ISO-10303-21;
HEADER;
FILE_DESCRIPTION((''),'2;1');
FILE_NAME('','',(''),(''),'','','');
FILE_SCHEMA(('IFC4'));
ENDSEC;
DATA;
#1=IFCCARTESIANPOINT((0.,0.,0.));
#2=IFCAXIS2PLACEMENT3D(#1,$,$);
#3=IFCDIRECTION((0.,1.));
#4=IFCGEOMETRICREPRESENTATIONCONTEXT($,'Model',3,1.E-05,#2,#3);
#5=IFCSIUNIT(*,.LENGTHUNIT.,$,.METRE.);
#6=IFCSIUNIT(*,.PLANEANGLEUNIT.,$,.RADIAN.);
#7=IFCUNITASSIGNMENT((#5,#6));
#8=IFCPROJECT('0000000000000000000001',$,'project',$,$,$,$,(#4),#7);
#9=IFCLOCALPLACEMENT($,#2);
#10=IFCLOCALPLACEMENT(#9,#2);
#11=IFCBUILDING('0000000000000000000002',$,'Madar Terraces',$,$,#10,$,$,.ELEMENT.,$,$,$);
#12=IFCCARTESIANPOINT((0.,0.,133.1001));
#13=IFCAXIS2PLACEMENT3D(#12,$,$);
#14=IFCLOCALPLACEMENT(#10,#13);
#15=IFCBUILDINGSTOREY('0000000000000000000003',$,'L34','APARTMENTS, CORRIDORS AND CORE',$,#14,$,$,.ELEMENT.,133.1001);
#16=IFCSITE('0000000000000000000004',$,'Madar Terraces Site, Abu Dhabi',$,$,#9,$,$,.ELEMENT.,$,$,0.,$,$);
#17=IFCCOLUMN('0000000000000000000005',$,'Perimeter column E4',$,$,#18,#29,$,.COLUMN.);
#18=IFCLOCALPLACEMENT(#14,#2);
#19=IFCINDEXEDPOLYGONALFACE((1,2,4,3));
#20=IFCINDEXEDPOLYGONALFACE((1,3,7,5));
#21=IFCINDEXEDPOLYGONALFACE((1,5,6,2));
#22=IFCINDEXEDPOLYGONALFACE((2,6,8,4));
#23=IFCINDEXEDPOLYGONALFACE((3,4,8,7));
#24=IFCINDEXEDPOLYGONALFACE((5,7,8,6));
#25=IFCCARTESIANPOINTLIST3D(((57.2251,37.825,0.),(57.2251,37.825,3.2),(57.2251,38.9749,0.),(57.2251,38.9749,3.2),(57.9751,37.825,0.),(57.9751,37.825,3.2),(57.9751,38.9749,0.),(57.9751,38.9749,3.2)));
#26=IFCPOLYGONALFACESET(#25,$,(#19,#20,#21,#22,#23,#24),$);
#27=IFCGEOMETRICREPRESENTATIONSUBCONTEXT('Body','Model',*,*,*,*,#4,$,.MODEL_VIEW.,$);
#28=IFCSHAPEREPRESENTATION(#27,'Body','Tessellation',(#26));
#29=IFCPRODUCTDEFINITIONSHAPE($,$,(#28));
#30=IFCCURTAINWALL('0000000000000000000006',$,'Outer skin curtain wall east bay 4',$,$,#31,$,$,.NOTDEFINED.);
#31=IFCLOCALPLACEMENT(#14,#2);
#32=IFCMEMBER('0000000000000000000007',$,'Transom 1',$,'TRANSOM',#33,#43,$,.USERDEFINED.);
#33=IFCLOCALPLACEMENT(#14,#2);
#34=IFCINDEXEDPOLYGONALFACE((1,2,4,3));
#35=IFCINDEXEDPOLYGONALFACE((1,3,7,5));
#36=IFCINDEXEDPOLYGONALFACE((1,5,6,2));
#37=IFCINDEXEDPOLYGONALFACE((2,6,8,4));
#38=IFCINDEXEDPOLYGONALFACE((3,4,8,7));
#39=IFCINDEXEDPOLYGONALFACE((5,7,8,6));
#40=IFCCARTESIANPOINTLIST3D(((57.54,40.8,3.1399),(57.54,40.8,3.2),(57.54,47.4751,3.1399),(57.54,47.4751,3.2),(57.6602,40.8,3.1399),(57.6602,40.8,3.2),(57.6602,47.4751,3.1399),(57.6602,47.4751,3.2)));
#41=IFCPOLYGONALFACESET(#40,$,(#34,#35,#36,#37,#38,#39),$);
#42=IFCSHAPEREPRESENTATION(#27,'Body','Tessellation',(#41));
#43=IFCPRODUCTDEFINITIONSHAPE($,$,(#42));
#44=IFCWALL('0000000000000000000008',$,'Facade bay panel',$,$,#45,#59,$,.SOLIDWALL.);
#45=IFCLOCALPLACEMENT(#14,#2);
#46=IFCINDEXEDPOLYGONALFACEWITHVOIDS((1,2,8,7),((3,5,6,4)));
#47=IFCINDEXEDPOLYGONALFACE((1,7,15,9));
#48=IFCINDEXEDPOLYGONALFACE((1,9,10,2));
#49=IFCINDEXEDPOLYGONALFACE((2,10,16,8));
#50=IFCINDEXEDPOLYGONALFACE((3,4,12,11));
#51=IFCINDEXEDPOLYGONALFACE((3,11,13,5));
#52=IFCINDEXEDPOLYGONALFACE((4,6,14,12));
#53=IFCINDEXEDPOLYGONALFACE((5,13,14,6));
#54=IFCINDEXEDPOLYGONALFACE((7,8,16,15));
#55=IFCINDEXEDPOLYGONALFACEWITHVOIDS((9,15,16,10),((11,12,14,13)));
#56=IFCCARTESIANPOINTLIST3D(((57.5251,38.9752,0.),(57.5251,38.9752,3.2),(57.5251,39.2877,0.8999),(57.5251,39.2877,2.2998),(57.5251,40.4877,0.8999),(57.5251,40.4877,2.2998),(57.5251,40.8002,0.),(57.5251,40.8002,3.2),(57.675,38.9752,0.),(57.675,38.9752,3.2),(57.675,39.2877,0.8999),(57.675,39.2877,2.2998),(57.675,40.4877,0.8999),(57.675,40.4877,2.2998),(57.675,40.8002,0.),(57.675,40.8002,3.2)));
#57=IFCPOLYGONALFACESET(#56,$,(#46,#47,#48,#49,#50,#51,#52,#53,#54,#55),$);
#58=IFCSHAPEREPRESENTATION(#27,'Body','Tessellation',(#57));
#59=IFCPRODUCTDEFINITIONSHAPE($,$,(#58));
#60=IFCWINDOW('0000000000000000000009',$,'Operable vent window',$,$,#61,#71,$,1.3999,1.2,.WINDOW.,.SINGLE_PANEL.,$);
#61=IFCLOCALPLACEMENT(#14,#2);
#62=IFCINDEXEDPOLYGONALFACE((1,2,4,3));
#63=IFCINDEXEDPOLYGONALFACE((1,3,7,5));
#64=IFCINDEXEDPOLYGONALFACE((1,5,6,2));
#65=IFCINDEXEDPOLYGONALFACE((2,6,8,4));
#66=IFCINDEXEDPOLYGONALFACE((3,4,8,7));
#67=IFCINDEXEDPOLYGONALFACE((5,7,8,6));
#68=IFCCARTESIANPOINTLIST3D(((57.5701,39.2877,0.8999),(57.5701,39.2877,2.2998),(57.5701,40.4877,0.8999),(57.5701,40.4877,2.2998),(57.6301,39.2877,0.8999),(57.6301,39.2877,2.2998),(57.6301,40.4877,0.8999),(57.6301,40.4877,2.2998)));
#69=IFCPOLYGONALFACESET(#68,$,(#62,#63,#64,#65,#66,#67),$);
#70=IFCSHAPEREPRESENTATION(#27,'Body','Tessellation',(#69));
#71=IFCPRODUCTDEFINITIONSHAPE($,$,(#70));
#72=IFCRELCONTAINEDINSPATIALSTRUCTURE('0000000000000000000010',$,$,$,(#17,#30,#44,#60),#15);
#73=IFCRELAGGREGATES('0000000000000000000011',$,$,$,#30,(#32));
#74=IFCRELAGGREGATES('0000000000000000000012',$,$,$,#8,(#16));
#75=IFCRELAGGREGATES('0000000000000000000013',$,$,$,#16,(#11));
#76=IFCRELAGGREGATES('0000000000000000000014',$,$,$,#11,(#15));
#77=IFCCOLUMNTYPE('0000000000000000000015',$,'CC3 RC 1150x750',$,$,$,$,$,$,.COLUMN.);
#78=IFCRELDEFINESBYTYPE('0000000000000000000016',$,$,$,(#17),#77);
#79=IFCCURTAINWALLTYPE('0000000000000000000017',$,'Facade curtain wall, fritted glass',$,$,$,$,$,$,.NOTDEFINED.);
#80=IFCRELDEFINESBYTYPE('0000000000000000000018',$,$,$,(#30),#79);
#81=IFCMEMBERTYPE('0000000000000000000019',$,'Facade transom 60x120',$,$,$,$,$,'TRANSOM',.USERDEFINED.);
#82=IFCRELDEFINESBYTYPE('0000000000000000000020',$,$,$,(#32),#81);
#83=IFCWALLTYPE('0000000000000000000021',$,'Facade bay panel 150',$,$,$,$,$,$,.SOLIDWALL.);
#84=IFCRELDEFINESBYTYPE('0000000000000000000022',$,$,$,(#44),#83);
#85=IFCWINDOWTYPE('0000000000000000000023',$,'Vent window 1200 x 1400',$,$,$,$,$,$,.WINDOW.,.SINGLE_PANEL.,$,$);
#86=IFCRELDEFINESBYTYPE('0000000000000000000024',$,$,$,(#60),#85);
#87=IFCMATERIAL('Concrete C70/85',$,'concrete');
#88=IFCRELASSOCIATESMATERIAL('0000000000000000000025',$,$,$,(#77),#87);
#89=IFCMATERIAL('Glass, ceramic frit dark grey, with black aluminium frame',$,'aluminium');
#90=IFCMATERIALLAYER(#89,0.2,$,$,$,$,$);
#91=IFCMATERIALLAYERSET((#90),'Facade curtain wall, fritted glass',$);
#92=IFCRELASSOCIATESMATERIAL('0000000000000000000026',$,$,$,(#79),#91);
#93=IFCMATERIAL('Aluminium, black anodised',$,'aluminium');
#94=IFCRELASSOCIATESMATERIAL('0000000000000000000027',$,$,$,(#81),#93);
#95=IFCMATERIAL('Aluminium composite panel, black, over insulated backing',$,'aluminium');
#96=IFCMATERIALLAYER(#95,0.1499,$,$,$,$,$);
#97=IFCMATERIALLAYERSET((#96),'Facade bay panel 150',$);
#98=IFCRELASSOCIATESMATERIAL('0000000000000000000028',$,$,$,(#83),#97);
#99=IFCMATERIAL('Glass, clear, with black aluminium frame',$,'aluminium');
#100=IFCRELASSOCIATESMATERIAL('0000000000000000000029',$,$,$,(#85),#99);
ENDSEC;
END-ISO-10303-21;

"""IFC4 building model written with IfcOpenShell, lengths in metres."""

from ifc_helpers import new_model, si_unit, direction, frame, frame_2d, origin, origin_2d, place, context, subcontext, project, spatial, rectangle, extrude, material, layer, layer_set, material_profile, profile_set, type_object, element, fill, aggregate, save


model = new_model("IFC4")

# Units and contexts
model_context = context("Model", 3, precision=1e-05, world=origin(), true_north=direction((0.0, 1.0)))
body_context = subcontext(model_context, "Body", "Model", "MODEL_VIEW")
ifc_project = project(units=[si_unit("LENGTHUNIT", "METRE"), si_unit("PLANEANGLEUNIT", "RADIAN")], contexts=[model_context])

# Site, building, storey
site_placement = place(None, origin())
site = spatial("IfcSite", under=ifc_project, at=site_placement, Name="Madar Terraces Site, Abu Dhabi", CompositionType="ELEMENT", RefElevation=0.0)
building_placement = place(site_placement, origin())
building = spatial("IfcBuilding", under=site, at=building_placement, Name="Madar Terraces", CompositionType="ELEMENT")
storey_placement = place(building_placement, frame((0.0, 0.0, 133.1001)))
storey = spatial("IfcBuildingStorey", under=building, at=storey_placement, Name="L34", Description="APARTMENTS, CORRIDORS AND CORE", CompositionType="ELEMENT", Elevation=133.1001)

# Column
ifc_material_1 = material(Name="Concrete C70/85", Category="concrete")
ifc_material_profile_1 = material_profile(ifc_material_1, rectangle(XDim=1.1499, YDim=0.75, at=origin_2d()), Name="CC3 RC 1150x750")
ifc_profile_set_1 = profile_set([ifc_material_profile_1], Name="Concrete C70/85")
column_type = type_object("IfcColumnType", Name="CC3 RC 1150x750", PredefinedType="COLUMN", material=ifc_profile_set_1)
column_placement = place(storey_placement, frame((57.6001, 38.3999, 0.0), z_axis=(0.0, 0.0, 1.0), x_axis=(0.0, 1.0, 0.0)))
element("IfcColumn", 1, at=column_placement, inside=storey, type_object=column_type, Name="Perimeter column E4", PredefinedType="COLUMN", context=body_context, shape_type="SweptSolid", body=[
    extrude(rectangle(XDim=1.1499, YDim=0.75, at=origin_2d()), origin(), (0.0, 0.0, 1.0), 3.2),
])

# Curtain wall, member
ifc_material_2 = material(Name="Glass, ceramic frit dark grey, with black aluminium frame", Category="aluminium")
ifc_layer_1 = layer(ifc_material_2, 0.2)
ifc_layer_set_1 = layer_set([ifc_layer_1], Name="Facade curtain wall, fritted glass")
curtain_wall_type = type_object("IfcCurtainWallType", Name="Facade curtain wall, fritted glass", PredefinedType="NOTDEFINED", material=ifc_layer_set_1)
curtain_wall_placement = place(storey_placement, origin())
curtain_wall = element("IfcCurtainWall", 2, at=curtain_wall_placement, inside=storey, type_object=curtain_wall_type, Name="Outer skin curtain wall east bay 4", PredefinedType="NOTDEFINED")
ifc_material_3 = material(Name="Aluminium, black anodised", Category="aluminium")
ifc_material_profile_2 = material_profile(ifc_material_3, rectangle(XDim=0.1201, YDim=0.0601, at=origin_2d()), Name="Facade transom 60x120")
ifc_profile_set_2 = profile_set([ifc_material_profile_2], Name="Aluminium, black anodised")
member_type = type_object("IfcMemberType", Name="Facade transom 60x120", ElementType="TRANSOM", PredefinedType="USERDEFINED", material=ifc_profile_set_2)
member_placement = place(storey_placement, frame((57.6001, 40.8, 3.1699), z_axis=(0.0, 1.0, 0.0), x_axis=(-1.0, 0.0, 0.0)))
member = element("IfcMember", 3, at=member_placement, type_object=member_type, Name="Transom 1", ObjectType="TRANSOM", PredefinedType="USERDEFINED", context=body_context, shape_type="SweptSolid", body=[
    extrude(rectangle(XDim=0.1201, YDim=0.0601, at=origin_2d()), origin(), (0.0, 0.0, 1.0), 6.675),
])
aggregate(curtain_wall, [member])

# Wall, opening, window
ifc_material_4 = material(Name="Aluminium composite panel, black, over insulated backing", Category="aluminium")
ifc_layer_2 = layer(ifc_material_4, 0.1499)
ifc_layer_set_2 = layer_set([ifc_layer_2], Name="Facade bay panel 150")
wall_type_1 = type_object("IfcWallType", Name="Facade bay panel 150", PredefinedType="SOLIDWALL", material=ifc_layer_set_2)
wall_1_placement = place(storey_placement, frame((57.6001, 38.9751, 0.0), z_axis=(0.0, 0.0, 1.0), x_axis=(0.0, 1.0, 0.0)))
wall_1 = element("IfcWall", 4, at=wall_1_placement, inside=storey, type_object=wall_type_1, Name="Facade bay panel", PredefinedType="SOLIDWALL", context=body_context, shape_type="SweptSolid", body=[
    extrude(rectangle(XDim=1.825, YDim=0.1499, at=frame_2d((0.9126, 0.0))), origin(), (0.0, 0.0, 1.0), 3.2),
])
opening_1_placement = place(wall_1_placement, frame((0.3125, 0.0, 0.8999)))
opening_1 = element("IfcOpeningElement", 5, at=opening_1_placement, cuts=wall_1, PredefinedType="OPENING", context=body_context, shape_type="SweptSolid", body=[
    extrude(rectangle(XDim=1.2, YDim=1.3999, at=frame_2d((0.6001, 0.7))), frame((0.0, 0.085, 0.0), z_axis=(0.0, -1.0, 0.0), x_axis=(1.0, 0.0, 0.0)), (0.0, 0.0, 1.0), 0.1699),
])
ifc_material_5 = material(Name="Glass, clear, with black aluminium frame", Category="aluminium")
window_type = type_object("IfcWindowType", Name="Vent window 1200 x 1400", PartitioningType="SINGLE_PANEL", PredefinedType="WINDOW", material=ifc_material_5)
window_placement = place(opening_1_placement, origin())
window = element("IfcWindow", 6, at=window_placement, inside=storey, type_object=window_type, Name="Operable vent window", OverallHeight=1.3999, OverallWidth=1.2, PartitioningType="SINGLE_PANEL", PredefinedType="WINDOW", context=body_context, shape_type="SweptSolid", body=[
    extrude(rectangle(XDim=1.2, YDim=1.3999, at=frame_2d((0.6001, 0.7))), frame((0.0, 0.03, 0.0), z_axis=(0.0, -1.0, 0.0), x_axis=(1.0, 0.0, 0.0)), (0.0, 0.0, 1.0), 0.0601),
])
fill(opening_1, window)

save(model, "model.ifc")
